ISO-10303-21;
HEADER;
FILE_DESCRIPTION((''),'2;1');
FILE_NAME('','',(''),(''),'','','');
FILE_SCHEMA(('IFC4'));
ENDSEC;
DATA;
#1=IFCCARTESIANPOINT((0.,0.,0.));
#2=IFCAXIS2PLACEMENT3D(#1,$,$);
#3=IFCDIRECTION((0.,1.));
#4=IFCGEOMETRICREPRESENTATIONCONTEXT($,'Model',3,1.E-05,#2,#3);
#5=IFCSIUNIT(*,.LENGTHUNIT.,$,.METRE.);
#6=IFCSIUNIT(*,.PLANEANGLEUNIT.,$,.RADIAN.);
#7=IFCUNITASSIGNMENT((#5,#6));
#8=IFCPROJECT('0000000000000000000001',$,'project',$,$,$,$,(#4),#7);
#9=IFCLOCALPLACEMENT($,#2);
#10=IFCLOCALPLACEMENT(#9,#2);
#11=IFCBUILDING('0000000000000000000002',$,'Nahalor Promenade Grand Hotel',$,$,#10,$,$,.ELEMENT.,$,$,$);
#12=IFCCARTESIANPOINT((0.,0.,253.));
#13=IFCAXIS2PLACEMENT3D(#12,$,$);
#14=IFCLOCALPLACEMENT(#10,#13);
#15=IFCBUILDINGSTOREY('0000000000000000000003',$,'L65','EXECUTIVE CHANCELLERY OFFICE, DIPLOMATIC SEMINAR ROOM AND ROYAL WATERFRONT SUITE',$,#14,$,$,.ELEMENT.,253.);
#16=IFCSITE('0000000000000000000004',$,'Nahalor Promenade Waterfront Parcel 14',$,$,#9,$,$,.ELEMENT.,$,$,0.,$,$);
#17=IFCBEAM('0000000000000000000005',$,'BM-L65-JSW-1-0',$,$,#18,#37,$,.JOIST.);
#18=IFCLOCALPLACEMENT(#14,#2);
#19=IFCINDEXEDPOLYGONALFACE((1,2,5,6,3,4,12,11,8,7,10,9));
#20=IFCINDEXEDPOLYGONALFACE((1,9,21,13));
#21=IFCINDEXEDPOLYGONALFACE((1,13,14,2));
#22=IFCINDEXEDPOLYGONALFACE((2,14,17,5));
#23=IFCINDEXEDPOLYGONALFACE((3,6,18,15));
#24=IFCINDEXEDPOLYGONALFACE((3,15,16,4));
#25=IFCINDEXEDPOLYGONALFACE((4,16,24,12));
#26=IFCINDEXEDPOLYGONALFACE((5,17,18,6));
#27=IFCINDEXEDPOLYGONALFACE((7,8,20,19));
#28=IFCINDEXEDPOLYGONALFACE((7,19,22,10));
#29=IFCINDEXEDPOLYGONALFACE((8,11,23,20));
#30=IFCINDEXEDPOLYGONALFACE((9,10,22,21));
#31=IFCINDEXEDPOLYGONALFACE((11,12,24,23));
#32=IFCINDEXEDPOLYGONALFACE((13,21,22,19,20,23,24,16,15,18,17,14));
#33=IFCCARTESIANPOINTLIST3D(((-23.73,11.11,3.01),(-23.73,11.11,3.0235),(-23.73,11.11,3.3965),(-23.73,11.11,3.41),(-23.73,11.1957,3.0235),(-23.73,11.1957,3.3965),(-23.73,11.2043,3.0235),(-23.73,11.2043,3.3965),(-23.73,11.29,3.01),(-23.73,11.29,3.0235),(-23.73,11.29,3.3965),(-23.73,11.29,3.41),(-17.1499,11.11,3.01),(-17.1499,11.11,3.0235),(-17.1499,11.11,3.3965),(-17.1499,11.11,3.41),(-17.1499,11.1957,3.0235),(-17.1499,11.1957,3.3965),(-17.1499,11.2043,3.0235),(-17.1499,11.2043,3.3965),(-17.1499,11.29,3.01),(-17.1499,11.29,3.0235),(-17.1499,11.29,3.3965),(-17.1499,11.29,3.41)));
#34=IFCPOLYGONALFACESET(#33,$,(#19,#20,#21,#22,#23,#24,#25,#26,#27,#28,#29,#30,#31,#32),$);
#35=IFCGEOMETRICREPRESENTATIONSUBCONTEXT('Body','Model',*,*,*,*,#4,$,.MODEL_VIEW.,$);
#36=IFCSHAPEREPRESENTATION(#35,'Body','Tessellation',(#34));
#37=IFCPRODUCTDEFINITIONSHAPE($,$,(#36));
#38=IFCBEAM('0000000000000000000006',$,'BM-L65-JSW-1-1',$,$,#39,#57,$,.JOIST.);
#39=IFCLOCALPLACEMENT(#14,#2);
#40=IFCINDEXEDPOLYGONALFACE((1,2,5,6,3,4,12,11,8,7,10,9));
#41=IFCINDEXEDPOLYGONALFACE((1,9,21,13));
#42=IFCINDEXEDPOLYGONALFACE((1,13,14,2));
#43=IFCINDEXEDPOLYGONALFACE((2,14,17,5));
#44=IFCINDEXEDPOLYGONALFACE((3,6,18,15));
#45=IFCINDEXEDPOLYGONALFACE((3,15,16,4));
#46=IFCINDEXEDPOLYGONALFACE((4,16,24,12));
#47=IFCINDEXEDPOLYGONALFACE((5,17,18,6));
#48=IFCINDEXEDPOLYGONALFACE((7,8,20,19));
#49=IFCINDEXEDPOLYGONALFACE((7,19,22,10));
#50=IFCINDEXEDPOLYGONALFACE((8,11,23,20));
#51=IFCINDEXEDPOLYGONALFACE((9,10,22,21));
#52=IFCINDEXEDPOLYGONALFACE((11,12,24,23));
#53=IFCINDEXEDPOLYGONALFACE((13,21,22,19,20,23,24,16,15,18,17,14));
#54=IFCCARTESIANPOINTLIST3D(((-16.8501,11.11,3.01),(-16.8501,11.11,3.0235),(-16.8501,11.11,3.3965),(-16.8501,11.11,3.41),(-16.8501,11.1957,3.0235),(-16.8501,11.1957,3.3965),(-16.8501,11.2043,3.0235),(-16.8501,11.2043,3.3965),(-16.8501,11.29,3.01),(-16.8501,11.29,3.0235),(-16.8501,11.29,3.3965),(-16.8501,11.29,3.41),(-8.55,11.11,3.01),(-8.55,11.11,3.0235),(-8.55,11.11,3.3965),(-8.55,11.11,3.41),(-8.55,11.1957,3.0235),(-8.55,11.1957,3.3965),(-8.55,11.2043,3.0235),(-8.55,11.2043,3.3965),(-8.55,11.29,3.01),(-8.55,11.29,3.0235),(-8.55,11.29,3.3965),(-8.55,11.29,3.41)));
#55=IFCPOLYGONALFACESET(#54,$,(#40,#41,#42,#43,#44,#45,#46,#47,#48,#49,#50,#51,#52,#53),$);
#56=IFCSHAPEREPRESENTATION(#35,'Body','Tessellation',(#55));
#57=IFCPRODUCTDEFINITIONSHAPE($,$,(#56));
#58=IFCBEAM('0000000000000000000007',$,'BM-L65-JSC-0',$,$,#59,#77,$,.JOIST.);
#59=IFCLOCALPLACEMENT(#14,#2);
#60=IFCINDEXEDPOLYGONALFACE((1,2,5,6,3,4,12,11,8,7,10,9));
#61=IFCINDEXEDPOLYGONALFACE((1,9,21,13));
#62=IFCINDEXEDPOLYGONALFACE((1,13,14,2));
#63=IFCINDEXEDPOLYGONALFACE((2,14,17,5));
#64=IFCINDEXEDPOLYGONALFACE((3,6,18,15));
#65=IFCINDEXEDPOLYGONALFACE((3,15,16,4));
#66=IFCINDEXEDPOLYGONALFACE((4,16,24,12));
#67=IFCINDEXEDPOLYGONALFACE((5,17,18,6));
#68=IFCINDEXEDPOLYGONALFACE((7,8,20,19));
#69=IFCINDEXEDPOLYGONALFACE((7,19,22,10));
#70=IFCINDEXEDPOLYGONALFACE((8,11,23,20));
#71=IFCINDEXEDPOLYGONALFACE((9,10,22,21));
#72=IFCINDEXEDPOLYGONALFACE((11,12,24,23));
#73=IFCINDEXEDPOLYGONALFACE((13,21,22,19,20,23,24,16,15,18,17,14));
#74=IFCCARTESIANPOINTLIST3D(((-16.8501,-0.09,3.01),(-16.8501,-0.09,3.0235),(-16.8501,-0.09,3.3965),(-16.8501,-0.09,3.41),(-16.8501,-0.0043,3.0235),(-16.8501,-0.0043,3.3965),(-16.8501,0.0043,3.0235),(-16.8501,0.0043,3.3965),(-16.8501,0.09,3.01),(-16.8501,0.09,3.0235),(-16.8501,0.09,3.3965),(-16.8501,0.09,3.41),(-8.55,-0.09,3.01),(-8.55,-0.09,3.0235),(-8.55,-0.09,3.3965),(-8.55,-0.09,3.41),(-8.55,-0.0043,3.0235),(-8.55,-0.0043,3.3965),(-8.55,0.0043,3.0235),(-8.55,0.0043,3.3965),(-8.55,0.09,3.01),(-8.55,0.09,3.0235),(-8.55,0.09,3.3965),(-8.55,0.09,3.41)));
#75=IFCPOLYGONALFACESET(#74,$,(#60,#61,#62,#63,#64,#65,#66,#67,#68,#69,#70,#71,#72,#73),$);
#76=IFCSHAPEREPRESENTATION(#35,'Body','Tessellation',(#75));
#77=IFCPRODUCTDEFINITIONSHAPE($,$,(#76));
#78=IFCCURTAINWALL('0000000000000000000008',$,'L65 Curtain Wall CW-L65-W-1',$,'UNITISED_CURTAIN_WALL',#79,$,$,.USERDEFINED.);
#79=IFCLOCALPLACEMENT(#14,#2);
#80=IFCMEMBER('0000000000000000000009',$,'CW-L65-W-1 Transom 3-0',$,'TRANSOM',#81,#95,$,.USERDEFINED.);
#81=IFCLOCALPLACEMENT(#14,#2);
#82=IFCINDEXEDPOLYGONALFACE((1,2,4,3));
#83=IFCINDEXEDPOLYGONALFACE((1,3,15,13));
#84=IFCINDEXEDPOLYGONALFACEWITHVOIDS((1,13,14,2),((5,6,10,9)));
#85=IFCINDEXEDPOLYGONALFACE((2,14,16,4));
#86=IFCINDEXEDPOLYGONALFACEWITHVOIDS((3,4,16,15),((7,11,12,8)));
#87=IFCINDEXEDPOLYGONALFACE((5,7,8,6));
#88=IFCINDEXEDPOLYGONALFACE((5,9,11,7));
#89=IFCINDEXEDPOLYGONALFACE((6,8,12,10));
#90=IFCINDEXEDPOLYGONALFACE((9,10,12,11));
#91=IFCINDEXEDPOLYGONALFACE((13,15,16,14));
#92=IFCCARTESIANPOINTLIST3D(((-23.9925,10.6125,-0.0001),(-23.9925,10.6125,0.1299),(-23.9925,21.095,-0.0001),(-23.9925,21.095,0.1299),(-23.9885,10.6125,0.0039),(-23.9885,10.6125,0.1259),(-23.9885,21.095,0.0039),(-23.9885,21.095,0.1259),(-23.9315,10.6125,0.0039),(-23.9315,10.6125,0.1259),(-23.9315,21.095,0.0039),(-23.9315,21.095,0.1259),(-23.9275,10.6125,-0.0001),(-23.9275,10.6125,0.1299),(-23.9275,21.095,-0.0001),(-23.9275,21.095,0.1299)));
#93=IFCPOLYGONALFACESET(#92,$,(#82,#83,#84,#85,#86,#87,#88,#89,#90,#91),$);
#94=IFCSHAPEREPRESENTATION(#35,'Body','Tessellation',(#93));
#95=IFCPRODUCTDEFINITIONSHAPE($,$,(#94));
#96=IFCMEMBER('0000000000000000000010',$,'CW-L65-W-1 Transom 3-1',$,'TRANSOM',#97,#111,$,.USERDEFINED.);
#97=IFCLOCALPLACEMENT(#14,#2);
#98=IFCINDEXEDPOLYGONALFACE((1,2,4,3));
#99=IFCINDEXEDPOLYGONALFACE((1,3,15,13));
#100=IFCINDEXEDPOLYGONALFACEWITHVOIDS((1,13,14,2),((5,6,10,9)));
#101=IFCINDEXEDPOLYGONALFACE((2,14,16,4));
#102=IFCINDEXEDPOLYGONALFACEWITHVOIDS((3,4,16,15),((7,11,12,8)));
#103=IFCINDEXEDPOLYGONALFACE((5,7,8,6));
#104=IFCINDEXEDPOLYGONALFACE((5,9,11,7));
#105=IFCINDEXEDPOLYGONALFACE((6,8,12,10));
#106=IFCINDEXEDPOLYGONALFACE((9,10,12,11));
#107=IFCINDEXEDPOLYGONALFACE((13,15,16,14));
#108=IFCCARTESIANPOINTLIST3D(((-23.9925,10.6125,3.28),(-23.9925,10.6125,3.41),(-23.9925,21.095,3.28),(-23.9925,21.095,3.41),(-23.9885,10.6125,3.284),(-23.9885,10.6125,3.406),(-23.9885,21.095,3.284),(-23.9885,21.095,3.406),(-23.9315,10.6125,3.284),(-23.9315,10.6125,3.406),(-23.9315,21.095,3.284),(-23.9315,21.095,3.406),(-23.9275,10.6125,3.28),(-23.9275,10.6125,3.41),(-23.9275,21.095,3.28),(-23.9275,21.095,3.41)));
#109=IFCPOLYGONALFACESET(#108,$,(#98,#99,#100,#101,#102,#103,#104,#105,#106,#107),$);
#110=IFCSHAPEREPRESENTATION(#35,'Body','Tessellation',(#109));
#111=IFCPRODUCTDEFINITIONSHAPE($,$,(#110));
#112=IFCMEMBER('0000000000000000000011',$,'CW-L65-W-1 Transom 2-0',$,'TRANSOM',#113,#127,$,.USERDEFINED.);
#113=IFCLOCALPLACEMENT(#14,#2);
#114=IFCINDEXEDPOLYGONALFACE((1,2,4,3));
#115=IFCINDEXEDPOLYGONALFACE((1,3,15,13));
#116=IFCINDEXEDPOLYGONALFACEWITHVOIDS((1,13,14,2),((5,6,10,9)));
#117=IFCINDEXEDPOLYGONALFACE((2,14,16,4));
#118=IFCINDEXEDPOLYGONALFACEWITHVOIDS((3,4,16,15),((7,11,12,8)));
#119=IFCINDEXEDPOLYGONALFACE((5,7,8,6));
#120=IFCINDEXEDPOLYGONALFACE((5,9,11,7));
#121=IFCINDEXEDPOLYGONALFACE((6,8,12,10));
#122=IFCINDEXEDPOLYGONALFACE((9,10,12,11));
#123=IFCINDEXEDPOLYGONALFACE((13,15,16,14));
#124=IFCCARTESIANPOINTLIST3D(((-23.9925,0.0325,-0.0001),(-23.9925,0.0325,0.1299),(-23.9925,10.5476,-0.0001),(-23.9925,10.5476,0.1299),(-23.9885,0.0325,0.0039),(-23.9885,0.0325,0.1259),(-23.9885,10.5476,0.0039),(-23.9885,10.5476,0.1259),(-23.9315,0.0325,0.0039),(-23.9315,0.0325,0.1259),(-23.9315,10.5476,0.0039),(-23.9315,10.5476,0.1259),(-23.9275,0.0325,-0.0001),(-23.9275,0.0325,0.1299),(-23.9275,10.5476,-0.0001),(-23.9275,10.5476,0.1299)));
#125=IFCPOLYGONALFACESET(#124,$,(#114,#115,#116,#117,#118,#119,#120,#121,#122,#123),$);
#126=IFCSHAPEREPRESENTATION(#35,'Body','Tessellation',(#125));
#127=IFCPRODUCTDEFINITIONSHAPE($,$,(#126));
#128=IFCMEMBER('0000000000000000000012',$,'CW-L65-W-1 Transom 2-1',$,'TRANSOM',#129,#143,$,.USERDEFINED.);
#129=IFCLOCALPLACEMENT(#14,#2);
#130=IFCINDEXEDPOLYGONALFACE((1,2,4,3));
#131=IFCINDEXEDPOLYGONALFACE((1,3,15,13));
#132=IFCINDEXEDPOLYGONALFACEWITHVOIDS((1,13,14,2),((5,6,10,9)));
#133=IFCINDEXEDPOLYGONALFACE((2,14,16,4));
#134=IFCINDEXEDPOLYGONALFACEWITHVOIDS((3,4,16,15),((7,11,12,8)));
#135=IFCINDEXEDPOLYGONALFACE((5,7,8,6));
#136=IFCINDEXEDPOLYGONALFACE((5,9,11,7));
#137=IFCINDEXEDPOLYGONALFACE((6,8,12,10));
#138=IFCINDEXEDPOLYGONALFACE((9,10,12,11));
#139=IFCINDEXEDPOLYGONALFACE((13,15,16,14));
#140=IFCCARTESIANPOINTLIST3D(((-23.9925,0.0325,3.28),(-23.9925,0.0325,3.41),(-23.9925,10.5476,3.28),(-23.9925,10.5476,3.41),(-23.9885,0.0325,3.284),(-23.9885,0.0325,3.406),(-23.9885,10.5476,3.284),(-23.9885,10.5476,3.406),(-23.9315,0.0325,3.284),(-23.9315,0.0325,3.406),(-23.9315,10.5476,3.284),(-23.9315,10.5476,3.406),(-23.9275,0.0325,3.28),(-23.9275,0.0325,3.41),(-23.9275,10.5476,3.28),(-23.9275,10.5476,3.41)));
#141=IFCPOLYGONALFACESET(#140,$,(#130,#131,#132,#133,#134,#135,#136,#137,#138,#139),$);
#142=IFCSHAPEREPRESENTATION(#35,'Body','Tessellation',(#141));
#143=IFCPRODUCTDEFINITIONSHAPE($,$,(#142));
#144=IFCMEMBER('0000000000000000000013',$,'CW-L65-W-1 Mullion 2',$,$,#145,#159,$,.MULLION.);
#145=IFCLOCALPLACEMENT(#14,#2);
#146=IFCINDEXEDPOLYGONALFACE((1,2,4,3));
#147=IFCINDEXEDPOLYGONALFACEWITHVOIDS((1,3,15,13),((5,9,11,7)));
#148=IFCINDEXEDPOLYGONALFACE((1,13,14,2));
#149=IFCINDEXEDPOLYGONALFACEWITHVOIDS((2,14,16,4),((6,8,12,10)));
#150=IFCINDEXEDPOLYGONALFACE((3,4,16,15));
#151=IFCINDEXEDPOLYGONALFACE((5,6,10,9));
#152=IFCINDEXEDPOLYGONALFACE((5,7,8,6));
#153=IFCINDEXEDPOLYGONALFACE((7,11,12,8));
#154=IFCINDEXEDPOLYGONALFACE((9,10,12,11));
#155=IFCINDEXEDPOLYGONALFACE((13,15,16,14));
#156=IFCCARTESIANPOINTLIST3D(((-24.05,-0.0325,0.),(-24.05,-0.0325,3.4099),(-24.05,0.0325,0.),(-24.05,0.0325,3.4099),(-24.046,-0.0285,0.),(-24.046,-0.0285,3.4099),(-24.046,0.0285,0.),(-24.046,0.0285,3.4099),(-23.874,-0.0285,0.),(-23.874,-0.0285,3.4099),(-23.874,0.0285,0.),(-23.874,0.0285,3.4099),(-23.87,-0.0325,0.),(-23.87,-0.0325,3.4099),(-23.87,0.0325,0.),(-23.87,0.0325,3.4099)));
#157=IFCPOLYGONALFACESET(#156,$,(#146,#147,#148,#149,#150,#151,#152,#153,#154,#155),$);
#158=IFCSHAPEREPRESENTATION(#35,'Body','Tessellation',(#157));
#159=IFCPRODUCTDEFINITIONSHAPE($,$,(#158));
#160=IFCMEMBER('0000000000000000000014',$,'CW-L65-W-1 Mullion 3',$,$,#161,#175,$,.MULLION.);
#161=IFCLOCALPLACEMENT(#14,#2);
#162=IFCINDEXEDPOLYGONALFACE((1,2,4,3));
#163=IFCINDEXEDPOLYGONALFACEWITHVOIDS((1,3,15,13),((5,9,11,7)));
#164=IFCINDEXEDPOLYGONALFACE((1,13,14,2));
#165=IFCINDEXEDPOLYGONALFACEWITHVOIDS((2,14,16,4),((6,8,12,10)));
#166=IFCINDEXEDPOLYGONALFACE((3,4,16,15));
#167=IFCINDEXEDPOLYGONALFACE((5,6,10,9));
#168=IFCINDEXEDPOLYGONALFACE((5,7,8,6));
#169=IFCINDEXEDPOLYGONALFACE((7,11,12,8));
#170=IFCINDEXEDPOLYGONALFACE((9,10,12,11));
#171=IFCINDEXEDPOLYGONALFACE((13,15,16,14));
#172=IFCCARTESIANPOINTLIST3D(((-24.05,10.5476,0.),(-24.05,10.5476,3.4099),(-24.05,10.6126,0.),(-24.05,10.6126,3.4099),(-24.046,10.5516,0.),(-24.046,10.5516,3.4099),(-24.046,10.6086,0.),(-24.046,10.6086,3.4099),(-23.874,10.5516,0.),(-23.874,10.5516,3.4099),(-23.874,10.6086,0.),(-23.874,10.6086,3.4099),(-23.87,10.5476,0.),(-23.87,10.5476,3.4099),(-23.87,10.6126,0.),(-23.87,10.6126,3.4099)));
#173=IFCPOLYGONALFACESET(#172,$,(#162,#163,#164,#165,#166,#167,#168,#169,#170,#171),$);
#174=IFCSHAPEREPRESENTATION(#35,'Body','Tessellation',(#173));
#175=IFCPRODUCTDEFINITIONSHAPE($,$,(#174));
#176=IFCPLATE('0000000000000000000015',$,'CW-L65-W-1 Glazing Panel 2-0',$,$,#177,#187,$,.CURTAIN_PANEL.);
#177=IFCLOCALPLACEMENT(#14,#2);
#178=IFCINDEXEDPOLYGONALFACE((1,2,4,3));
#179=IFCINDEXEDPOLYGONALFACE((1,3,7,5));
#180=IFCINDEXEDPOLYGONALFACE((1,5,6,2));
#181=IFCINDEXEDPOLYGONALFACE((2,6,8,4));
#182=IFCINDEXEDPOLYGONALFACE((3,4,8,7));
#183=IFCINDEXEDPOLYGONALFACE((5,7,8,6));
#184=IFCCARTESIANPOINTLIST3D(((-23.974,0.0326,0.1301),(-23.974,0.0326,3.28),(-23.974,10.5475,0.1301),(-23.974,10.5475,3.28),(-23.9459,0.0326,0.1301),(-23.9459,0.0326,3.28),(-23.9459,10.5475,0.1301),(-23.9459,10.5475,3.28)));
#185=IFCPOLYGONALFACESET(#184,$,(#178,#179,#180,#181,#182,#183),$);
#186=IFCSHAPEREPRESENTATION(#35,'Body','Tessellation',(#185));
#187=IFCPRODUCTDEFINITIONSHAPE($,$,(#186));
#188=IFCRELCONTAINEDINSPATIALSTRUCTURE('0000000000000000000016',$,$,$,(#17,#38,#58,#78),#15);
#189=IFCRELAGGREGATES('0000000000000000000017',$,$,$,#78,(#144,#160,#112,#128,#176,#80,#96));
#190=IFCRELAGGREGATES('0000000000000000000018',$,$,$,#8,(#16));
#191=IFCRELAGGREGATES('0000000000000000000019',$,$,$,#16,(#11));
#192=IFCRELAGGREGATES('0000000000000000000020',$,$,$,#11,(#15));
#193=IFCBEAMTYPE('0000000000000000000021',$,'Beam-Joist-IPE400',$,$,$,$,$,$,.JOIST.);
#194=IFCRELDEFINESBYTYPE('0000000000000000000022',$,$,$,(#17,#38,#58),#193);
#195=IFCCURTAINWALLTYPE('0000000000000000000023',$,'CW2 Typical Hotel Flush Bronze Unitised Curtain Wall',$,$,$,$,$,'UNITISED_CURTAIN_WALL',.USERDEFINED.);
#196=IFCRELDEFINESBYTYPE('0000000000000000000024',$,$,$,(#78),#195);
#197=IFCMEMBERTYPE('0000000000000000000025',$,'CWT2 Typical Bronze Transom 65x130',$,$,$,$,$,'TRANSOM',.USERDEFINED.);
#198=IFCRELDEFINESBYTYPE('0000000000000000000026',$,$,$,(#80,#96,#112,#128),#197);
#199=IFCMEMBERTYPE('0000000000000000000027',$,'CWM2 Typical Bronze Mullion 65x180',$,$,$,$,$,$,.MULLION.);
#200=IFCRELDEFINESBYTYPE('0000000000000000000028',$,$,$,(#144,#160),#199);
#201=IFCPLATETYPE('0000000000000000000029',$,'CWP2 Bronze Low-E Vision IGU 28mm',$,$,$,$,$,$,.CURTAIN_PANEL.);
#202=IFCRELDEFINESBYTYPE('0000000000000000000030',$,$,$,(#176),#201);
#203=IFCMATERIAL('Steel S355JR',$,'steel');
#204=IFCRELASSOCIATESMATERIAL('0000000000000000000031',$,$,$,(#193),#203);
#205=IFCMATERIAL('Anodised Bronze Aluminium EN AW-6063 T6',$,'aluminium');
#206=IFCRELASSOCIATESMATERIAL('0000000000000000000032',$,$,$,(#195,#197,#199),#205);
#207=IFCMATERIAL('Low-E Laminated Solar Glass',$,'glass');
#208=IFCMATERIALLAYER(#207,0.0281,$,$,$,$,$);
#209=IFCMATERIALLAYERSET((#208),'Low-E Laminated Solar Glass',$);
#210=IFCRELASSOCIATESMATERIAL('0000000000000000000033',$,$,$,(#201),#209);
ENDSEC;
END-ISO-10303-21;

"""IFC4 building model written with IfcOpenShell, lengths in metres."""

from ifc_helpers import new_model, si_unit, direction, frame, origin, origin_2d, place, context, subcontext, project, spatial, rectangle, hollow_rectangle, i_section, extrude, source, transform, mapped, material, layer, layer_set, material_profile, profile_set, type_object, element, aggregate, save


model = new_model("IFC4")

# Units and contexts
model_context = context("Model", 3, precision=1e-05, world=origin(), true_north=direction((0.0, 1.0)))
body_context = subcontext(model_context, "Body", "Model", "MODEL_VIEW")
ifc_project = project(units=[si_unit("LENGTHUNIT", "METRE"), si_unit("PLANEANGLEUNIT", "RADIAN")], contexts=[model_context])

# Site, building, storey
site_placement = place(None, origin())
site = spatial("IfcSite", under=ifc_project, at=site_placement, Name="Nahalor Promenade Waterfront Parcel 14", CompositionType="ELEMENT", RefElevation=0.0)
building_placement = place(site_placement, origin())
building = spatial("IfcBuilding", under=site, at=building_placement, Name="Nahalor Promenade Grand Hotel", CompositionType="ELEMENT")
storey_placement = place(building_placement, frame((0.0, 0.0, 253.0)))
storey = spatial("IfcBuildingStorey", under=building, at=storey_placement, Name="L65", Description="EXECUTIVE CHANCELLERY OFFICE, DIPLOMATIC SEMINAR ROOM AND ROYAL WATERFRONT SUITE", CompositionType="ELEMENT", Elevation=253.0)

# Shared definitions
ifc_material_1 = material(Name="Steel S355JR", Category="steel")

# Beams
ifc_material_profile_1 = material_profile(ifc_material_1, i_section(OverallWidth=0.18, OverallDepth=0.4, WebThickness=0.0086, FlangeThickness=0.0135, at=origin_2d()), Name="IPE 400")
ifc_profile_set_1 = profile_set([ifc_material_profile_1], Name="Steel S355JR")
beam_type_1 = type_object("IfcBeamType", Name="Beam-Joist-IPE400", PredefinedType="JOIST", material=ifc_profile_set_1)
shared_shape_1 = source(origin(), body_context, "Body", "SweptSolid", [
    extrude(i_section(OverallWidth=0.18, OverallDepth=0.4, WebThickness=0.0086, FlangeThickness=0.0135, at=origin_2d()), origin(), (0.0, 0.0, 1.0), 6.5801),
])
beam_1_placement = place(storey_placement, frame((-23.73, 11.2, 3.21), z_axis=(1.0, 0.0, 0.0), x_axis=(0.0, 1.0, 0.0)))
element("IfcBeam", 1, at=beam_1_placement, inside=storey, type_object=beam_type_1, Name="BM-L65-JSW-1-0", PredefinedType="JOIST", context=body_context, shape_type="MappedRepresentation", body=[
    mapped(shared_shape_1, transform((0.0, 0.0, 0.0), scale=1.0)),
])
shared_shape_2 = source(origin(), body_context, "Body", "SweptSolid", [
    extrude(i_section(OverallWidth=0.18, OverallDepth=0.4, WebThickness=0.0086, FlangeThickness=0.0135, at=origin_2d()), origin(), (0.0, 0.0, 1.0), 8.3),
])
for number, where, z_axis, x_axis, name in (
    (2, (-16.8501, 11.2, 3.21), (1.0, 0.0, 0.0), (0.0, 1.0, 0.0), "BM-L65-JSW-1-1"),
    (3, (-16.8501, 0.0, 3.21), (1.0, 0.0, 0.0), (0.0, 1.0, 0.0), "BM-L65-JSC-0"),
):
    element("IfcBeam", number, at=place(storey_placement, frame(where, z_axis=z_axis, x_axis=x_axis)), inside=storey, type_object=beam_type_1, Name=name, PredefinedType="JOIST", context=body_context, shape_type="MappedRepresentation", body=[
        mapped(shared_shape_2, transform((0.0, 0.0, 0.0), scale=1.0)),
    ])

# Curtain wall, members, plate
ifc_material_2 = material(Name="Anodised Bronze Aluminium EN AW-6063 T6", Category="aluminium")
curtain_wall_type = type_object("IfcCurtainWallType", Name="CW2 Typical Hotel Flush Bronze Unitised Curtain Wall", ElementType="UNITISED_CURTAIN_WALL", PredefinedType="USERDEFINED", material=ifc_material_2)
curtain_wall_placement = place(storey_placement, origin())
curtain_wall = element("IfcCurtainWall", 4, at=curtain_wall_placement, inside=storey, type_object=curtain_wall_type, Name="L65 Curtain Wall CW-L65-W-1", ObjectType="UNITISED_CURTAIN_WALL", PredefinedType="USERDEFINED")
ifc_material_profile_2 = material_profile(ifc_material_2, hollow_rectangle(XDim=0.065, YDim=0.13, WallThickness=0.004, at=origin_2d()), Name="CWT 65x130x4")
ifc_profile_set_2 = profile_set([ifc_material_profile_2], Name="Anodised Bronze Aluminium EN AW-6063 T6")
member_type_1 = type_object("IfcMemberType", Name="CWT2 Typical Bronze Transom 65x130", ElementType="TRANSOM", PredefinedType="USERDEFINED", material=ifc_profile_set_2)
shared_shape_3 = source(origin(), body_context, "Body", "SweptSolid", [
    extrude(hollow_rectangle(XDim=0.065, YDim=0.13, WallThickness=0.004, at=origin_2d()), origin(), (0.0, 0.0, 1.0), 10.4824),
])
member_1_placement = place(storey_placement, frame((-23.96, 10.6125, 0.0649), z_axis=(0.0, 1.0, 0.0), x_axis=(-1.0, 0.0, 0.0)))
member_1 = element("IfcMember", 5, at=member_1_placement, type_object=member_type_1, Name="CW-L65-W-1 Transom 3-0", ObjectType="TRANSOM", PredefinedType="USERDEFINED", context=body_context, shape_type="MappedRepresentation", body=[
    mapped(shared_shape_3, transform((0.0, 0.0, 0.0), scale=1.0)),
])
member_2_placement = place(storey_placement, frame((-23.96, 10.6125, 3.345), z_axis=(0.0, 1.0, 0.0), x_axis=(-1.0, 0.0, 0.0)))
member_2 = element("IfcMember", 6, at=member_2_placement, type_object=member_type_1, Name="CW-L65-W-1 Transom 3-1", ObjectType="TRANSOM", PredefinedType="USERDEFINED", context=body_context, shape_type="MappedRepresentation", body=[
    mapped(shared_shape_3, transform((0.0, 0.0, 0.0), scale=1.0)),
])
shared_shape_4 = source(origin(), body_context, "Body", "SweptSolid", [
    extrude(hollow_rectangle(XDim=0.065, YDim=0.13, WallThickness=0.004, at=origin_2d()), origin(), (0.0, 0.0, 1.0), 10.5151),
])
member_3_placement = place(storey_placement, frame((-23.96, 0.0325, 0.0649), z_axis=(0.0, 1.0, 0.0), x_axis=(-1.0, 0.0, 0.0)))
member_3 = element("IfcMember", 7, at=member_3_placement, type_object=member_type_1, Name="CW-L65-W-1 Transom 2-0", ObjectType="TRANSOM", PredefinedType="USERDEFINED", context=body_context, shape_type="MappedRepresentation", body=[
    mapped(shared_shape_4, transform((0.0, 0.0, 0.0), scale=1.0)),
])
member_4_placement = place(storey_placement, frame((-23.96, 0.0325, 3.345), z_axis=(0.0, 1.0, 0.0), x_axis=(-1.0, 0.0, 0.0)))
member_4 = element("IfcMember", 8, at=member_4_placement, type_object=member_type_1, Name="CW-L65-W-1 Transom 2-1", ObjectType="TRANSOM", PredefinedType="USERDEFINED", context=body_context, shape_type="MappedRepresentation", body=[
    mapped(shared_shape_4, transform((0.0, 0.0, 0.0), scale=1.0)),
])
ifc_material_profile_3 = material_profile(ifc_material_2, hollow_rectangle(XDim=0.065, YDim=0.18, WallThickness=0.004, at=origin_2d()), Name="CWM 65x180x4")
ifc_profile_set_3 = profile_set([ifc_material_profile_3], Name="Anodised Bronze Aluminium EN AW-6063 T6")
member_type_2 = type_object("IfcMemberType", Name="CWM2 Typical Bronze Mullion 65x180", PredefinedType="MULLION", material=ifc_profile_set_3)
shared_shape_5 = source(origin(), body_context, "Body", "SweptSolid", [
    extrude(hollow_rectangle(XDim=0.065, YDim=0.18, WallThickness=0.004, at=origin_2d()), origin(), (0.0, 0.0, 1.0), 3.4099),
])
member_5_placement = place(storey_placement, frame((-23.96, 0.0, 0.0), z_axis=(0.0, 0.0, 1.0), x_axis=(0.0, 1.0, 0.0)))
member_5 = element("IfcMember", 9, at=member_5_placement, type_object=member_type_2, Name="CW-L65-W-1 Mullion 2", PredefinedType="MULLION", context=body_context, shape_type="MappedRepresentation", body=[
    mapped(shared_shape_5, transform((0.0, 0.0, 0.0), scale=1.0)),
])
member_6_placement = place(storey_placement, frame((-23.96, 10.5801, 0.0), z_axis=(0.0, 0.0, 1.0), x_axis=(0.0, 1.0, 0.0)))
member_6 = element("IfcMember", 10, at=member_6_placement, type_object=member_type_2, Name="CW-L65-W-1 Mullion 3", PredefinedType="MULLION", context=body_context, shape_type="MappedRepresentation", body=[
    mapped(shared_shape_5, transform((0.0, 0.0, 0.0), scale=1.0)),
])
ifc_material_3 = material(Name="Low-E Laminated Solar Glass", Category="glass")
ifc_layer_1 = layer(ifc_material_3, 0.0281)
ifc_layer_set_1 = layer_set([ifc_layer_1], Name="Low-E Laminated Solar Glass")
plate_type = type_object("IfcPlateType", Name="CWP2 Bronze Low-E Vision IGU 28mm", PredefinedType="CURTAIN_PANEL", material=ifc_layer_set_1)
shared_shape_6 = source(origin(), body_context, "Body", "SweptSolid", [
    extrude(rectangle(XDim=10.5149, YDim=0.0281, at=origin_2d()), origin(), (0.0, 0.0, 1.0), 3.1499),
])
plate_placement = place(storey_placement, frame((-23.96, 5.29, 0.1301), z_axis=(0.0, 0.0, 1.0), x_axis=(0.0, 1.0, 0.0)))
plate = element("IfcPlate", 11, at=plate_placement, type_object=plate_type, Name="CW-L65-W-1 Glazing Panel 2-0", PredefinedType="CURTAIN_PANEL", context=body_context, shape_type="MappedRepresentation", body=[
    mapped(shared_shape_6, transform((0.0, 0.0, 0.0), scale=1.0)),
])
aggregate(curtain_wall, [member_5, member_6, member_3, member_4, plate, member_1, member_2])

save(model, "model.ifc")
